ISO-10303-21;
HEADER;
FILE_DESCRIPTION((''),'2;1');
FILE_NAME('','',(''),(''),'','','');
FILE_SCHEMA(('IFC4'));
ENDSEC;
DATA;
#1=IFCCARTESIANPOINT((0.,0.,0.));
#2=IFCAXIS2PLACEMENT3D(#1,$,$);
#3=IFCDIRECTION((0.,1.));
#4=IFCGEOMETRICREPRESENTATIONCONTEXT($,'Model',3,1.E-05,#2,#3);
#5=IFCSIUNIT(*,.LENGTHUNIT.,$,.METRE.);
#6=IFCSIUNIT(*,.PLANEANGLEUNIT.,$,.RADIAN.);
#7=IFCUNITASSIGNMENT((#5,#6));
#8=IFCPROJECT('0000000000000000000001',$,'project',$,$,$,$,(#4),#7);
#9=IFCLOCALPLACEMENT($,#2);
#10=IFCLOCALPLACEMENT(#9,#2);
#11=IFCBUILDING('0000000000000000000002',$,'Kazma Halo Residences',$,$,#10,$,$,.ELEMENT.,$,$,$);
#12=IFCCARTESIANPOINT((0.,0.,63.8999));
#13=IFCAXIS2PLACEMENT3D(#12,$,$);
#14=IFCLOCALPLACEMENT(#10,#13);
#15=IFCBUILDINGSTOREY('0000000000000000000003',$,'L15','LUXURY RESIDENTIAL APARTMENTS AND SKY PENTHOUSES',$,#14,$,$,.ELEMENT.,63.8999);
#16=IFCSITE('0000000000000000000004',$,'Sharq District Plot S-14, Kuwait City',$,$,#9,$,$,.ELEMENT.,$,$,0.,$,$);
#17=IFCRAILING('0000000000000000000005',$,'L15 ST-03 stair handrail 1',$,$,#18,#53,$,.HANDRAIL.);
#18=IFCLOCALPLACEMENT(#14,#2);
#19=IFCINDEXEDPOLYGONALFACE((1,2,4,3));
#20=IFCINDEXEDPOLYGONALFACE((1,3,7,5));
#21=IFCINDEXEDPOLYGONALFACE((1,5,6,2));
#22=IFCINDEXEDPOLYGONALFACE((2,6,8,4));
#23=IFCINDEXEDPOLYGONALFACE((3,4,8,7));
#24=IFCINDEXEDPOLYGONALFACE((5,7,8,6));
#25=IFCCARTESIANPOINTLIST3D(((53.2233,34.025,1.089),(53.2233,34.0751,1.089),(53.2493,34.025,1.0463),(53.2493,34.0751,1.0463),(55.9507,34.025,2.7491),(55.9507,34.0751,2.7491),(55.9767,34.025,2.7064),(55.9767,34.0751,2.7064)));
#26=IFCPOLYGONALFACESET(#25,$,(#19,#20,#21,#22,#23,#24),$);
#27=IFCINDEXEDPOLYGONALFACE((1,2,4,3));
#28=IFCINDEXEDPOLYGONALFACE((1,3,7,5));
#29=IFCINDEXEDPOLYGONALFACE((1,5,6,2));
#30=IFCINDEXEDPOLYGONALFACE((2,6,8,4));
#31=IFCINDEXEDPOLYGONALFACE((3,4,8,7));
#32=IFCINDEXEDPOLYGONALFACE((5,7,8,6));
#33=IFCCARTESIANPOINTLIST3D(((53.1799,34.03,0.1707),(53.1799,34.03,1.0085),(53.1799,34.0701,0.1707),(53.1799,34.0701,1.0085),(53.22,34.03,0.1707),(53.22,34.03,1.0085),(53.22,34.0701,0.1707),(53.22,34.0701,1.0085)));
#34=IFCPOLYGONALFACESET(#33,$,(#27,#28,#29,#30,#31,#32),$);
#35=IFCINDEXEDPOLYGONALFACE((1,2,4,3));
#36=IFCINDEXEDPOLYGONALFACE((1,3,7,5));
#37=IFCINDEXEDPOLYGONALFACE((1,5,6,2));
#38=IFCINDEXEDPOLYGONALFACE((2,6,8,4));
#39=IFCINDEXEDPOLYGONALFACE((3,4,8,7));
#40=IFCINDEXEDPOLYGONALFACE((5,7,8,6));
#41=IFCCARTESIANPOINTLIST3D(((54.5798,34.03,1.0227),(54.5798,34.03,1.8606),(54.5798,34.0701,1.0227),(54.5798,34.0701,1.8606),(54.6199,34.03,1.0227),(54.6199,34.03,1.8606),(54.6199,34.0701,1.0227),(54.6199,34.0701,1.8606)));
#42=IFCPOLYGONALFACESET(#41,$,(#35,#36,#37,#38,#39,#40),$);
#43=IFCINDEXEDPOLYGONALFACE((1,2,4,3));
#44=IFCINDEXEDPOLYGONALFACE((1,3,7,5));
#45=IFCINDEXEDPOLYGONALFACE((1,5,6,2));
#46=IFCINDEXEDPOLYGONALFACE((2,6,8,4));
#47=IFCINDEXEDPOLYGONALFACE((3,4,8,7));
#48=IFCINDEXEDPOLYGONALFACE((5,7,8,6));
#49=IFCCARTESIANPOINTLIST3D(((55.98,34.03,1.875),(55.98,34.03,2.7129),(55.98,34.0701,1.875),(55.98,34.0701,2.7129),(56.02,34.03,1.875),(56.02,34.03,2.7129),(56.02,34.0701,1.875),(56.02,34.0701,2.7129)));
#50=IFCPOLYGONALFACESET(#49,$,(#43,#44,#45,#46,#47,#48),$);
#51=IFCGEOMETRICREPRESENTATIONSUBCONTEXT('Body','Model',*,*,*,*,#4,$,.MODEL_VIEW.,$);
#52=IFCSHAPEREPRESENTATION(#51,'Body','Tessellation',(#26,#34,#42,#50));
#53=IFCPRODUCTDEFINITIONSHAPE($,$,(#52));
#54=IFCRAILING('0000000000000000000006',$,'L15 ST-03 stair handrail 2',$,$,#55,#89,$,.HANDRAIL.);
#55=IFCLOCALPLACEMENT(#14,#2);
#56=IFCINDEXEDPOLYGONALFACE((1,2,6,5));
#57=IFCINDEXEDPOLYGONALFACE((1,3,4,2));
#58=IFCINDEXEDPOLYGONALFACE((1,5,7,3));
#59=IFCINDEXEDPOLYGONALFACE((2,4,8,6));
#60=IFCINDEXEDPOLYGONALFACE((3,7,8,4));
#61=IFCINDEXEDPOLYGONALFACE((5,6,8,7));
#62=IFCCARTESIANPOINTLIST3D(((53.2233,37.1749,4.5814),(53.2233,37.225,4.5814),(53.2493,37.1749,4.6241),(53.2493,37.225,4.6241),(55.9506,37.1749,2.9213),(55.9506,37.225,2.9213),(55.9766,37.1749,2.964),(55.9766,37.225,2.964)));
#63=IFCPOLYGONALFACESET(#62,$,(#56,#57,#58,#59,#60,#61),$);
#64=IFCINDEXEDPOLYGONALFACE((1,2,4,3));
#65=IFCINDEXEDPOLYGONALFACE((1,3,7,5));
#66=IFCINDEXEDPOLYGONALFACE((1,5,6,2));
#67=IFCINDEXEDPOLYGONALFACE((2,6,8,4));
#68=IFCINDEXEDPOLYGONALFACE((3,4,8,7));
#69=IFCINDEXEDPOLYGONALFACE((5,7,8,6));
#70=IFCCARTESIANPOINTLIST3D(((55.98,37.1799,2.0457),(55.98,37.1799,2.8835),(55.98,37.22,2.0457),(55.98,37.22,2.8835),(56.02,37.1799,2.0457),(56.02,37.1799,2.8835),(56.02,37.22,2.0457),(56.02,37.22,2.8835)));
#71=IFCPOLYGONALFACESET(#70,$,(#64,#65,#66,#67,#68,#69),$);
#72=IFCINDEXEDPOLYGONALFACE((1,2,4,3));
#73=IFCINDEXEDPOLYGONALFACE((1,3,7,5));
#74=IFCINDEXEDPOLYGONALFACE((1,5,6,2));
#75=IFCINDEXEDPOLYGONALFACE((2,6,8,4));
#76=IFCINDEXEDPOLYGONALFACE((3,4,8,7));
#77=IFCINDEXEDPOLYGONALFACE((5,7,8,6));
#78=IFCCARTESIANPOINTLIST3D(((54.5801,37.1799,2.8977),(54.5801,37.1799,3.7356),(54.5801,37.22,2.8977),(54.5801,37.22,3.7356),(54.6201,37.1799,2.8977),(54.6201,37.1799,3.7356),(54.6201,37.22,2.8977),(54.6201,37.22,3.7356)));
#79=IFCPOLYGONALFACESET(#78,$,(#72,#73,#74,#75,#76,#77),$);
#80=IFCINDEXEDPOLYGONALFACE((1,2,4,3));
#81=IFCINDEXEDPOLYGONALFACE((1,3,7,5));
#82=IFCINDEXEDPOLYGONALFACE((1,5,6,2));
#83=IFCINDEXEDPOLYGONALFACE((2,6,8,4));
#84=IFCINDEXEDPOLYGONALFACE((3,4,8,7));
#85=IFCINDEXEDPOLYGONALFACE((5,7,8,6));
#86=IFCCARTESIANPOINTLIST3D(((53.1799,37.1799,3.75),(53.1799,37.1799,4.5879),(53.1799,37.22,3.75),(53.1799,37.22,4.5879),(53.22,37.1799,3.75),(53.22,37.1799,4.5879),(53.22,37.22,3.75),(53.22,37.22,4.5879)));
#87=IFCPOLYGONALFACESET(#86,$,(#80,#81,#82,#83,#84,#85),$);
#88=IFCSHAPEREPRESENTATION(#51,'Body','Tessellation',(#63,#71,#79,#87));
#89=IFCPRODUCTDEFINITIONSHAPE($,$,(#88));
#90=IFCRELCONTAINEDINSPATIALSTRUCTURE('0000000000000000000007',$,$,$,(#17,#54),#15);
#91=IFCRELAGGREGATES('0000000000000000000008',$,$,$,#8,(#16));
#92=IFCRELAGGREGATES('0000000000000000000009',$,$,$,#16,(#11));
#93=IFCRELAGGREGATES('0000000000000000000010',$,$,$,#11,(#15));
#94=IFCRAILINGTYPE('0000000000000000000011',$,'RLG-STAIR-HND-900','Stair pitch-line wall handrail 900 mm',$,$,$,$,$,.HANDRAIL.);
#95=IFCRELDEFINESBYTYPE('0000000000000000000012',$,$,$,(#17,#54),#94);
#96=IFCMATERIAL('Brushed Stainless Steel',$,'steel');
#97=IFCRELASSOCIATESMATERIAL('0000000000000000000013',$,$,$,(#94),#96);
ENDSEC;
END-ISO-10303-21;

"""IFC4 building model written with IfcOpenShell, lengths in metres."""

from ifc_helpers import new_model, si_unit, direction, frame, origin, origin_2d, place, context, subcontext, project, spatial, rectangle, extrude, material, type_object, element, save


model = new_model("IFC4")

# Units and contexts
model_context = context("Model", 3, precision=1e-05, world=origin(), true_north=direction((0.0, 1.0)))
body_context = subcontext(model_context, "Body", "Model", "MODEL_VIEW")
ifc_project = project(units=[si_unit("LENGTHUNIT", "METRE"), si_unit("PLANEANGLEUNIT", "RADIAN")], contexts=[model_context])

# Site, building, storey
site_placement = place(None, origin())
site = spatial("IfcSite", under=ifc_project, at=site_placement, Name="Sharq District Plot S-14, Kuwait City", CompositionType="ELEMENT", RefElevation=0.0)
building_placement = place(site_placement, origin())
building = spatial("IfcBuilding", under=site, at=building_placement, Name="Kazma Halo Residences", CompositionType="ELEMENT")
storey_placement = place(building_placement, frame((0.0, 0.0, 63.8999)))
storey = spatial("IfcBuildingStorey", under=building, at=storey_placement, Name="L15", Description="LUXURY RESIDENTIAL APARTMENTS AND SKY PENTHOUSES", CompositionType="ELEMENT", Elevation=63.8999)

# Railings
ifc_material_1 = material(Name="Brushed Stainless Steel", Category="steel")
railing_type_1 = type_object("IfcRailingType", Name="RLG-STAIR-HND-900", Description="Stair pitch-line wall handrail 900 mm", PredefinedType="HANDRAIL", material=ifc_material_1)
railing_1_placement = place(storey_placement, frame((53.2, 34.05, 0.1707)))
element("IfcRailing", 1, at=railing_1_placement, inside=storey, type_object=railing_type_1, Name="L15 ST-03 stair handrail 1", PredefinedType="HANDRAIL", context=body_context, shape_type="SweptSolid", body=[
    extrude(rectangle(XDim=0.05, YDim=0.05, at=origin_2d()), frame((0.0364, 0.0, 0.897), z_axis=(0.854203, 0.0, 0.51994), x_axis=(0.0, 1.0, 0.0)), (0.0, 0.0, 1.0), 3.1929),
    extrude(rectangle(XDim=0.04, YDim=0.04, at=origin_2d()), origin(), (0.0, 0.0, 1.0), 0.8379),
    extrude(rectangle(XDim=0.04, YDim=0.04, at=origin_2d()), frame((1.3999, 0.0, 0.8521)), (0.0, 0.0, 1.0), 0.8379),
    extrude(rectangle(XDim=0.04, YDim=0.04, at=origin_2d()), frame((2.8, 0.0, 1.7043)), (0.0, 0.0, 1.0), 0.8379),
])
railing_2_placement = place(storey_placement, frame((56.0, 37.2, 2.0457)))
element("IfcRailing", 2, at=railing_2_placement, inside=storey, type_object=railing_type_1, Name="L15 ST-03 stair handrail 2", PredefinedType="HANDRAIL", context=body_context, shape_type="SweptSolid", body=[
    extrude(rectangle(XDim=0.05, YDim=0.05, at=origin_2d()), frame((-0.0364, 0.0, 0.897), z_axis=(-0.854203, 0.0, 0.51994), x_axis=(0.0, -1.0, 0.0)), (0.0, 0.0, 1.0), 3.1929),
    extrude(rectangle(XDim=0.04, YDim=0.04, at=origin_2d()), origin(), (0.0, 0.0, 1.0), 0.8379),
    extrude(rectangle(XDim=0.04, YDim=0.04, at=origin_2d()), frame((-1.3999, 0.0, 0.8521)), (0.0, 0.0, 1.0), 0.8379),
    extrude(rectangle(XDim=0.04, YDim=0.04, at=origin_2d()), frame((-2.8, 0.0, 1.7043)), (0.0, 0.0, 1.0), 0.8379),
])

save(model, "model.ifc")
